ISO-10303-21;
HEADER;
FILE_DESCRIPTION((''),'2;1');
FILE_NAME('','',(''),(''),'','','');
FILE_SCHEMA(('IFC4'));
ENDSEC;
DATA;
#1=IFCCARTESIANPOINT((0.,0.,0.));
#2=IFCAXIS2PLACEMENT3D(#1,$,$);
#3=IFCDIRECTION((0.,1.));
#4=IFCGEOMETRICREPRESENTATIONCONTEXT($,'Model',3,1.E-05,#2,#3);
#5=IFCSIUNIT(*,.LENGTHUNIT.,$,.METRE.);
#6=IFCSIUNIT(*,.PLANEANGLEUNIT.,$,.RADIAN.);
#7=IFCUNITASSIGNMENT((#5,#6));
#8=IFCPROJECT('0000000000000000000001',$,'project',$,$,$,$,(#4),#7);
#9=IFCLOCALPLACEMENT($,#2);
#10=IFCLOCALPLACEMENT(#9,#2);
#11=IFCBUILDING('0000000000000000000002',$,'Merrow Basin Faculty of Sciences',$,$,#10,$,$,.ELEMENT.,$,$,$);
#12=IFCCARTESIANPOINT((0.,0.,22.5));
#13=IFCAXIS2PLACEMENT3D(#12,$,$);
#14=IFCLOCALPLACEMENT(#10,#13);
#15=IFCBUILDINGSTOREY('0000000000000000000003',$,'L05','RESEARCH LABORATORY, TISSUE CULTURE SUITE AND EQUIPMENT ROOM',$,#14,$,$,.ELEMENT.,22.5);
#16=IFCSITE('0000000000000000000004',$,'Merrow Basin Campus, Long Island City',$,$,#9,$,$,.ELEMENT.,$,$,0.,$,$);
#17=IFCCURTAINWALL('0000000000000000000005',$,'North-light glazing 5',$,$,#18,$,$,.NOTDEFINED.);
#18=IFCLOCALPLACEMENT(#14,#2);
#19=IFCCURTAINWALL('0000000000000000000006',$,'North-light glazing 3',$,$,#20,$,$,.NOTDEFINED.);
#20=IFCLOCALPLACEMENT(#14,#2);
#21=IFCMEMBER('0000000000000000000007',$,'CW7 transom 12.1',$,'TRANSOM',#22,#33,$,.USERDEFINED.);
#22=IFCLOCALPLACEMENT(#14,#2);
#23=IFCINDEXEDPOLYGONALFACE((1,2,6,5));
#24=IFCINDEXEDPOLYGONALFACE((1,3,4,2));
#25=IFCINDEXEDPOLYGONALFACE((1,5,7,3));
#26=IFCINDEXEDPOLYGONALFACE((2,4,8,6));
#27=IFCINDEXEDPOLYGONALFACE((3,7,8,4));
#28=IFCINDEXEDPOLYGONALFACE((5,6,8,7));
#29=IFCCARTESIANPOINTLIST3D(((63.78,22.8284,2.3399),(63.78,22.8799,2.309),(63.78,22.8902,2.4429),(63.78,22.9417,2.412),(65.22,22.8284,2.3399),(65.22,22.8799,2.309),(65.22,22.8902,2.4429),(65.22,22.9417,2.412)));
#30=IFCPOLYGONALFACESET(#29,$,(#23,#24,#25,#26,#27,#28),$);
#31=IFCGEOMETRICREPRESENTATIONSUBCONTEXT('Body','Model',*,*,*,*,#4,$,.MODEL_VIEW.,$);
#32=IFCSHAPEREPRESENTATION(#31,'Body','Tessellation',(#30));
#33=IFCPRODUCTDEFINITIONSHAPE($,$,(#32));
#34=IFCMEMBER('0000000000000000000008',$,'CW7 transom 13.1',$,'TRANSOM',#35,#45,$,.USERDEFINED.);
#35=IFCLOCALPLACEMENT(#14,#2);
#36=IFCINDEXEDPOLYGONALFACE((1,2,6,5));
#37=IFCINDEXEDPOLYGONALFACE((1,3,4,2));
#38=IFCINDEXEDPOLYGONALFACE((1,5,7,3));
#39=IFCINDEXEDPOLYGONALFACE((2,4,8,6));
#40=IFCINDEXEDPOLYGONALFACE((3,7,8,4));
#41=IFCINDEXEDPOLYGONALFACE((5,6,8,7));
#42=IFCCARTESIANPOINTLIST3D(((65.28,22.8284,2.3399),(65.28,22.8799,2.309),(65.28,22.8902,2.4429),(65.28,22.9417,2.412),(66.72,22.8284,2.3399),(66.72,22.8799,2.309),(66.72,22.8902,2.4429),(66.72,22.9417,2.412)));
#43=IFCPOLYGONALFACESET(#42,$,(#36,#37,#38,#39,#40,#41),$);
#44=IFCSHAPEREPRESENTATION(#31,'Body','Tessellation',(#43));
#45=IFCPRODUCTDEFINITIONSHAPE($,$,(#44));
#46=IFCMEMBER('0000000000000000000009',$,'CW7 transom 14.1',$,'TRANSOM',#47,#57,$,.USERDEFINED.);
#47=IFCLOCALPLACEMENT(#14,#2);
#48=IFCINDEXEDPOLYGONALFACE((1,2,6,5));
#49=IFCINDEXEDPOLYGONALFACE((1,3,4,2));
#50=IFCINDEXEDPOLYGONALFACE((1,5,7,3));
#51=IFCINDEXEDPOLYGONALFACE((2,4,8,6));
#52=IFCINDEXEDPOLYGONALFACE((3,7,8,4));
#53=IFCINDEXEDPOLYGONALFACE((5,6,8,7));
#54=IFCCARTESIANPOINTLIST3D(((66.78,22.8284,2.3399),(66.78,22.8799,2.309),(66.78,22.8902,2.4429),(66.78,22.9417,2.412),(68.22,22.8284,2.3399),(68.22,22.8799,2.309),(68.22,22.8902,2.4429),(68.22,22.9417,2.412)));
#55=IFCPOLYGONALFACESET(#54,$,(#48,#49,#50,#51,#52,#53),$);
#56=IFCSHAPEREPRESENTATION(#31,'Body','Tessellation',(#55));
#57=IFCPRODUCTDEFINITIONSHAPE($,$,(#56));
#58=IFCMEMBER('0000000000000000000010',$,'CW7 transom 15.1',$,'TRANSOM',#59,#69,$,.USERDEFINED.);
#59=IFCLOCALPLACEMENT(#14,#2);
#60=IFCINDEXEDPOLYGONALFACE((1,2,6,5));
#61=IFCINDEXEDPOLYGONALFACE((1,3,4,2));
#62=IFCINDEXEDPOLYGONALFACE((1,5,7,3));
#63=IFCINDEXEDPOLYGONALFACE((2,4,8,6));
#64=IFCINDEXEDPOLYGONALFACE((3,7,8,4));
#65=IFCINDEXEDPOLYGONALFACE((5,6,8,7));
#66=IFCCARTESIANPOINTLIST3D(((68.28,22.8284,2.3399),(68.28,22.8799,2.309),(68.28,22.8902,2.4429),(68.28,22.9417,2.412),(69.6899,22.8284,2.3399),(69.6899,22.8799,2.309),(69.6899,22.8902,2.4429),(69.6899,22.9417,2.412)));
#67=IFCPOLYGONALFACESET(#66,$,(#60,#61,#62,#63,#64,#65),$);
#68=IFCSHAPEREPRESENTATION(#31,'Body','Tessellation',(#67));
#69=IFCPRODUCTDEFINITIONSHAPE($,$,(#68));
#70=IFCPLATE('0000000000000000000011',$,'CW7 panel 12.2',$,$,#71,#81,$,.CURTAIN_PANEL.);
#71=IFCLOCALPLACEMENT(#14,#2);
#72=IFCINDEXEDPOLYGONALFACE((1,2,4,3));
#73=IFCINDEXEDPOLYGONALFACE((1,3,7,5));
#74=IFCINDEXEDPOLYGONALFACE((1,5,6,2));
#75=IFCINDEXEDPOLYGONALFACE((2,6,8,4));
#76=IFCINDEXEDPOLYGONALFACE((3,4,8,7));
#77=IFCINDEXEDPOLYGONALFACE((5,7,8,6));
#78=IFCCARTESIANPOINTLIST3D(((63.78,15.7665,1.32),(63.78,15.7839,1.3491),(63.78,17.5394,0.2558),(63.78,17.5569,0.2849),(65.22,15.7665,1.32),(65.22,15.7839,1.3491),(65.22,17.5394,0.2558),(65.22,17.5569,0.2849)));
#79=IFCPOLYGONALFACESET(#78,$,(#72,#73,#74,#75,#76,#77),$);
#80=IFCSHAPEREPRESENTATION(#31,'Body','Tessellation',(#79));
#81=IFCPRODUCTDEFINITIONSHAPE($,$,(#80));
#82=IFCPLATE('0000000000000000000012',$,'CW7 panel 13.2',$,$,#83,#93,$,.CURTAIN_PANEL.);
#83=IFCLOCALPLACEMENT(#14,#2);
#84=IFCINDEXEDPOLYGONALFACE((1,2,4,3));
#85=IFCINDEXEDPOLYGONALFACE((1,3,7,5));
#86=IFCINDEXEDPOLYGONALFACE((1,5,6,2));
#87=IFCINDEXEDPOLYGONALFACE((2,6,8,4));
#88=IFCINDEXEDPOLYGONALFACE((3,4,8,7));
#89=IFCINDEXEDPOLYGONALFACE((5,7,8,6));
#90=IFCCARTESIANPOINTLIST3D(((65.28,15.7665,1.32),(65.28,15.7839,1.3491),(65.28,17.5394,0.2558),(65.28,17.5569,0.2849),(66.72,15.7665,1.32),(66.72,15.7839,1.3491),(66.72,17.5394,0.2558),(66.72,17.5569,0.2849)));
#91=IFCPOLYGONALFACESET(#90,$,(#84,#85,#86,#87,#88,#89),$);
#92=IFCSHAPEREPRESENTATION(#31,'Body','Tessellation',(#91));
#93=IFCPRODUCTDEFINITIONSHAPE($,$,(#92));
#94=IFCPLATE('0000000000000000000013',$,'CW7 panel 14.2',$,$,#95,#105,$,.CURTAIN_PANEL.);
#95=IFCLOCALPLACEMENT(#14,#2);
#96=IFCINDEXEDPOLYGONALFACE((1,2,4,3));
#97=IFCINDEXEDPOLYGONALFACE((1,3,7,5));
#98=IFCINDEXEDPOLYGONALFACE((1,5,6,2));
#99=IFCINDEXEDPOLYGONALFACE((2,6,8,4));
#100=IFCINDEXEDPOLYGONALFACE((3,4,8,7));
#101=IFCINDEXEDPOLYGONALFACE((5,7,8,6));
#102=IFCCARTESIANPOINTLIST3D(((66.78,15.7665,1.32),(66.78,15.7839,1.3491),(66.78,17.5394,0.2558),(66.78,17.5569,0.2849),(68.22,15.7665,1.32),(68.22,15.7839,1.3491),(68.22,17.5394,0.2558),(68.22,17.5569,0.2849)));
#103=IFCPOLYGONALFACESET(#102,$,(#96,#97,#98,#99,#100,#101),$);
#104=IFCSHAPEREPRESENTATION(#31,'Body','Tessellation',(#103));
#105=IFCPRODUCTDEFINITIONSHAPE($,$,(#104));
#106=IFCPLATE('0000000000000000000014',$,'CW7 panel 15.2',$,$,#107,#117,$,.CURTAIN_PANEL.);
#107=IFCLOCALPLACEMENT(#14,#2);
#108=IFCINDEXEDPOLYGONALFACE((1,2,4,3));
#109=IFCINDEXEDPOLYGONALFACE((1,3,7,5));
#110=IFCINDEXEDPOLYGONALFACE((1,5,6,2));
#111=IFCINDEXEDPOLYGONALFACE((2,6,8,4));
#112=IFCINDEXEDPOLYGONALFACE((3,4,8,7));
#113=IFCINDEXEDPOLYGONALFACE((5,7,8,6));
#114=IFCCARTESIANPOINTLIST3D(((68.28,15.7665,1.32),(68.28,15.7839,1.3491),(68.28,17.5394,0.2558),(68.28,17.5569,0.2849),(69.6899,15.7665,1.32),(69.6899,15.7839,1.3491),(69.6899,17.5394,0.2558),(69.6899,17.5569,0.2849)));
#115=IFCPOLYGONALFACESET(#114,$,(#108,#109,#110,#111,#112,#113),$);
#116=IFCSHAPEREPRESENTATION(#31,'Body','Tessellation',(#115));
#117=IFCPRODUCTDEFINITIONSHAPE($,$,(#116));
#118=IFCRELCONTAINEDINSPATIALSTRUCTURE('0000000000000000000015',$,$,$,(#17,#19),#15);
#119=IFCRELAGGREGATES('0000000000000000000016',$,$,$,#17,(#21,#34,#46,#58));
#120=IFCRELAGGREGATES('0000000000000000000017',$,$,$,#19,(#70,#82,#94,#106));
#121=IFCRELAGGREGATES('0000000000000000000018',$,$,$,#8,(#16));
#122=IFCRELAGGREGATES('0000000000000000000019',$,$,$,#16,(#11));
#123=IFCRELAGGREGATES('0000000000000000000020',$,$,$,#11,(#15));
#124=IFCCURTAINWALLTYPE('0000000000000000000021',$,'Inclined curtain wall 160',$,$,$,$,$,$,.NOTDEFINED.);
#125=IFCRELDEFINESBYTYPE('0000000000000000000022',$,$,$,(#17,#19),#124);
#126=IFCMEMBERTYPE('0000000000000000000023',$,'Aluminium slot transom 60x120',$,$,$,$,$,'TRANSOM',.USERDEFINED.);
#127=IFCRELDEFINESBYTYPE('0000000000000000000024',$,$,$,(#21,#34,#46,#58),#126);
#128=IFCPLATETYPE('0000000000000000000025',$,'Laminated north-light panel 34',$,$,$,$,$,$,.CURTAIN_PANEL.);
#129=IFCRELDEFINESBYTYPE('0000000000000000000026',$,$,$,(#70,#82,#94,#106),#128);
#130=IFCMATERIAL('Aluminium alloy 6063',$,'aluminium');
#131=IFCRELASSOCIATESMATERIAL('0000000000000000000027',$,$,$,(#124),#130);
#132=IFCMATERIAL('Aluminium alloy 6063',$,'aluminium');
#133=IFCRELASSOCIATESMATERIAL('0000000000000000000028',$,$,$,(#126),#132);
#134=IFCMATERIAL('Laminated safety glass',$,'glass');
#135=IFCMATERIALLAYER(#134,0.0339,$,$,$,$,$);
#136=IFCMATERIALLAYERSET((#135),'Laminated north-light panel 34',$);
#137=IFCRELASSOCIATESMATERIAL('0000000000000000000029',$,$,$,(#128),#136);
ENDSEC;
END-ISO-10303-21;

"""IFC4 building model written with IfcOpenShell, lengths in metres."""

from ifc_helpers import new_model, si_unit, direction, frame, origin, origin_2d, place, context, subcontext, project, spatial, polyline, rectangle, outline, extrude, material, layer, layer_set, material_profile, profile_set, type_object, element, aggregate, save


model = new_model("IFC4")

# Units and contexts
model_context = context("Model", 3, precision=1e-05, world=origin(), true_north=direction((0.0, 1.0)))
body_context = subcontext(model_context, "Body", "Model", "MODEL_VIEW")
ifc_project = project(units=[si_unit("LENGTHUNIT", "METRE"), si_unit("PLANEANGLEUNIT", "RADIAN")], contexts=[model_context])

# Site, building, storey
site_placement = place(None, origin())
site = spatial("IfcSite", under=ifc_project, at=site_placement, Name="Merrow Basin Campus, Long Island City", CompositionType="ELEMENT", RefElevation=0.0)
building_placement = place(site_placement, origin())
building = spatial("IfcBuilding", under=site, at=building_placement, Name="Merrow Basin Faculty of Sciences", CompositionType="ELEMENT")
storey_placement = place(building_placement, frame((0.0, 0.0, 22.5)))
storey = spatial("IfcBuildingStorey", under=building, at=storey_placement, Name="L05", Description="RESEARCH LABORATORY, TISSUE CULTURE SUITE AND EQUIPMENT ROOM", CompositionType="ELEMENT", Elevation=22.5)

# Curtain walls
ifc_material_1 = material(Name="Aluminium alloy 6063", Category="aluminium")
curtain_wall_type = type_object("IfcCurtainWallType", Name="Inclined curtain wall 160", PredefinedType="NOTDEFINED", material=ifc_material_1)
curtain_wall_1_placement = place(storey_placement, origin())
curtain_wall_1 = element("IfcCurtainWall", 1, at=curtain_wall_1_placement, inside=storey, type_object=curtain_wall_type, Name="North-light glazing 5", PredefinedType="NOTDEFINED")
curtain_wall_2_placement = place(storey_placement, origin())
curtain_wall_2 = element("IfcCurtainWall", 2, at=curtain_wall_2_placement, inside=storey, type_object=curtain_wall_type, Name="North-light glazing 3", PredefinedType="NOTDEFINED")
ifc_material_2 = material(Name="Aluminium alloy 6063", Category="aluminium")
ifc_material_profile_1 = material_profile(ifc_material_2, rectangle(XDim=0.0601, YDim=0.1201, at=origin_2d()))
ifc_profile_set_1 = profile_set([ifc_material_profile_1], Name="Aluminium alloy 6063")
member_type_1 = type_object("IfcMemberType", Name="Aluminium slot transom 60x120", ElementType="TRANSOM", PredefinedType="USERDEFINED", material=ifc_profile_set_1)

# Members
member_1_placement = place(storey_placement, frame((63.78, 22.885, 2.376), z_axis=(1.0, 0.0, 0.0), x_axis=(0.0, 0.857493, -0.514496)))
member_1 = element("IfcMember", 3, at=member_1_placement, type_object=member_type_1, Name="CW7 transom 12.1", ObjectType="TRANSOM", PredefinedType="USERDEFINED", context=body_context, shape_type="SweptSolid", body=[
    extrude(rectangle(XDim=0.0601, YDim=0.1201, at=origin_2d()), origin(), (0.0, 0.0, 1.0), 1.4399),
])
member_2_placement = place(storey_placement, frame((65.28, 22.885, 2.376), z_axis=(1.0, 0.0, 0.0), x_axis=(0.0, 0.857493, -0.514496)))
member_2 = element("IfcMember", 4, at=member_2_placement, type_object=member_type_1, Name="CW7 transom 13.1", ObjectType="TRANSOM", PredefinedType="USERDEFINED", context=body_context, shape_type="SweptSolid", body=[
    extrude(rectangle(XDim=0.0601, YDim=0.1201, at=origin_2d()), origin(), (0.0, 0.0, 1.0), 1.4399),
])
member_3_placement = place(storey_placement, frame((66.78, 22.885, 2.376), z_axis=(1.0, 0.0, 0.0), x_axis=(0.0, 0.857493, -0.514496)))
member_3 = element("IfcMember", 5, at=member_3_placement, type_object=member_type_1, Name="CW7 transom 14.1", ObjectType="TRANSOM", PredefinedType="USERDEFINED", context=body_context, shape_type="SweptSolid", body=[
    extrude(rectangle(XDim=0.0601, YDim=0.1201, at=origin_2d()), origin(), (0.0, 0.0, 1.0), 1.4399),
])
member_4_placement = place(storey_placement, frame((68.28, 22.885, 2.376), z_axis=(1.0, 0.0, 0.0), x_axis=(0.0, 0.857493, -0.514496)))
member_4 = element("IfcMember", 6, at=member_4_placement, type_object=member_type_1, Name="CW7 transom 15.1", ObjectType="TRANSOM", PredefinedType="USERDEFINED", context=body_context, shape_type="SweptSolid", body=[
    extrude(rectangle(XDim=0.0601, YDim=0.1201, at=origin_2d()), origin(), (0.0, 0.0, 1.0), 1.4099),
])
aggregate(curtain_wall_1, [member_1, member_2, member_3, member_4])

# Plates
ifc_material_3 = material(Name="Laminated safety glass", Category="glass")
ifc_layer = layer(ifc_material_3, 0.0339)
ifc_layer_set = layer_set([ifc_layer], Name="Laminated north-light panel 34")
plate_type = type_object("IfcPlateType", Name="Laminated north-light panel 34", PredefinedType="CURTAIN_PANEL", material=ifc_layer_set)
plate_1_placement = place(storey_placement, frame((63.78, 15.7839, 1.3491), z_axis=(0.0, 0.514652, 0.857399), x_axis=(1.0, 0.0, 0.0)))
plate_1 = element("IfcPlate", 7, at=plate_1_placement, type_object=plate_type, Name="CW7 panel 12.2", PredefinedType="CURTAIN_PANEL", context=body_context, shape_type="SweptSolid", body=[
    extrude(outline(polyline([(0.0, 0.0), (1.4399, 0.0), (1.4399, 2.0678), (0.0, 2.0678), (0.0, 0.0)])), origin(), (0.0, 0.0, -1.0), 0.0339),
])
plate_2_placement = place(storey_placement, frame((65.28, 15.7839, 1.3491), z_axis=(0.0, 0.514652, 0.857399), x_axis=(1.0, 0.0, 0.0)))
plate_2 = element("IfcPlate", 8, at=plate_2_placement, type_object=plate_type, Name="CW7 panel 13.2", PredefinedType="CURTAIN_PANEL", context=body_context, shape_type="SweptSolid", body=[
    extrude(outline(polyline([(0.0, 0.0), (1.4399, 0.0), (1.4399, 2.0678), (0.0, 2.0678), (0.0, 0.0)])), origin(), (0.0, 0.0, -1.0), 0.0339),
])
plate_3_placement = place(storey_placement, frame((66.78, 15.7839, 1.3491), z_axis=(0.0, 0.514652, 0.857399), x_axis=(1.0, 0.0, 0.0)))
plate_3 = element("IfcPlate", 9, at=plate_3_placement, type_object=plate_type, Name="CW7 panel 14.2", PredefinedType="CURTAIN_PANEL", context=body_context, shape_type="SweptSolid", body=[
    extrude(outline(polyline([(0.0, 0.0), (1.4399, 0.0), (1.4399, 2.0678), (0.0, 2.0678), (0.0, 0.0)])), origin(), (0.0, 0.0, -1.0), 0.0339),
])
plate_4_placement = place(storey_placement, frame((68.28, 15.7839, 1.3491), z_axis=(0.0, 0.514652, 0.857399), x_axis=(1.0, 0.0, 0.0)))
plate_4 = element("IfcPlate", 10, at=plate_4_placement, type_object=plate_type, Name="CW7 panel 15.2", PredefinedType="CURTAIN_PANEL", context=body_context, shape_type="SweptSolid", body=[
    extrude(outline(polyline([(0.0, 0.0), (1.4099, 0.0), (1.4099, 2.0678), (0.0, 2.0678), (0.0, 0.0)])), origin(), (0.0, 0.0, -1.0), 0.0339),
])
aggregate(curtain_wall_2, [plate_1, plate_2, plate_3, plate_4])

save(model, "model.ifc")
